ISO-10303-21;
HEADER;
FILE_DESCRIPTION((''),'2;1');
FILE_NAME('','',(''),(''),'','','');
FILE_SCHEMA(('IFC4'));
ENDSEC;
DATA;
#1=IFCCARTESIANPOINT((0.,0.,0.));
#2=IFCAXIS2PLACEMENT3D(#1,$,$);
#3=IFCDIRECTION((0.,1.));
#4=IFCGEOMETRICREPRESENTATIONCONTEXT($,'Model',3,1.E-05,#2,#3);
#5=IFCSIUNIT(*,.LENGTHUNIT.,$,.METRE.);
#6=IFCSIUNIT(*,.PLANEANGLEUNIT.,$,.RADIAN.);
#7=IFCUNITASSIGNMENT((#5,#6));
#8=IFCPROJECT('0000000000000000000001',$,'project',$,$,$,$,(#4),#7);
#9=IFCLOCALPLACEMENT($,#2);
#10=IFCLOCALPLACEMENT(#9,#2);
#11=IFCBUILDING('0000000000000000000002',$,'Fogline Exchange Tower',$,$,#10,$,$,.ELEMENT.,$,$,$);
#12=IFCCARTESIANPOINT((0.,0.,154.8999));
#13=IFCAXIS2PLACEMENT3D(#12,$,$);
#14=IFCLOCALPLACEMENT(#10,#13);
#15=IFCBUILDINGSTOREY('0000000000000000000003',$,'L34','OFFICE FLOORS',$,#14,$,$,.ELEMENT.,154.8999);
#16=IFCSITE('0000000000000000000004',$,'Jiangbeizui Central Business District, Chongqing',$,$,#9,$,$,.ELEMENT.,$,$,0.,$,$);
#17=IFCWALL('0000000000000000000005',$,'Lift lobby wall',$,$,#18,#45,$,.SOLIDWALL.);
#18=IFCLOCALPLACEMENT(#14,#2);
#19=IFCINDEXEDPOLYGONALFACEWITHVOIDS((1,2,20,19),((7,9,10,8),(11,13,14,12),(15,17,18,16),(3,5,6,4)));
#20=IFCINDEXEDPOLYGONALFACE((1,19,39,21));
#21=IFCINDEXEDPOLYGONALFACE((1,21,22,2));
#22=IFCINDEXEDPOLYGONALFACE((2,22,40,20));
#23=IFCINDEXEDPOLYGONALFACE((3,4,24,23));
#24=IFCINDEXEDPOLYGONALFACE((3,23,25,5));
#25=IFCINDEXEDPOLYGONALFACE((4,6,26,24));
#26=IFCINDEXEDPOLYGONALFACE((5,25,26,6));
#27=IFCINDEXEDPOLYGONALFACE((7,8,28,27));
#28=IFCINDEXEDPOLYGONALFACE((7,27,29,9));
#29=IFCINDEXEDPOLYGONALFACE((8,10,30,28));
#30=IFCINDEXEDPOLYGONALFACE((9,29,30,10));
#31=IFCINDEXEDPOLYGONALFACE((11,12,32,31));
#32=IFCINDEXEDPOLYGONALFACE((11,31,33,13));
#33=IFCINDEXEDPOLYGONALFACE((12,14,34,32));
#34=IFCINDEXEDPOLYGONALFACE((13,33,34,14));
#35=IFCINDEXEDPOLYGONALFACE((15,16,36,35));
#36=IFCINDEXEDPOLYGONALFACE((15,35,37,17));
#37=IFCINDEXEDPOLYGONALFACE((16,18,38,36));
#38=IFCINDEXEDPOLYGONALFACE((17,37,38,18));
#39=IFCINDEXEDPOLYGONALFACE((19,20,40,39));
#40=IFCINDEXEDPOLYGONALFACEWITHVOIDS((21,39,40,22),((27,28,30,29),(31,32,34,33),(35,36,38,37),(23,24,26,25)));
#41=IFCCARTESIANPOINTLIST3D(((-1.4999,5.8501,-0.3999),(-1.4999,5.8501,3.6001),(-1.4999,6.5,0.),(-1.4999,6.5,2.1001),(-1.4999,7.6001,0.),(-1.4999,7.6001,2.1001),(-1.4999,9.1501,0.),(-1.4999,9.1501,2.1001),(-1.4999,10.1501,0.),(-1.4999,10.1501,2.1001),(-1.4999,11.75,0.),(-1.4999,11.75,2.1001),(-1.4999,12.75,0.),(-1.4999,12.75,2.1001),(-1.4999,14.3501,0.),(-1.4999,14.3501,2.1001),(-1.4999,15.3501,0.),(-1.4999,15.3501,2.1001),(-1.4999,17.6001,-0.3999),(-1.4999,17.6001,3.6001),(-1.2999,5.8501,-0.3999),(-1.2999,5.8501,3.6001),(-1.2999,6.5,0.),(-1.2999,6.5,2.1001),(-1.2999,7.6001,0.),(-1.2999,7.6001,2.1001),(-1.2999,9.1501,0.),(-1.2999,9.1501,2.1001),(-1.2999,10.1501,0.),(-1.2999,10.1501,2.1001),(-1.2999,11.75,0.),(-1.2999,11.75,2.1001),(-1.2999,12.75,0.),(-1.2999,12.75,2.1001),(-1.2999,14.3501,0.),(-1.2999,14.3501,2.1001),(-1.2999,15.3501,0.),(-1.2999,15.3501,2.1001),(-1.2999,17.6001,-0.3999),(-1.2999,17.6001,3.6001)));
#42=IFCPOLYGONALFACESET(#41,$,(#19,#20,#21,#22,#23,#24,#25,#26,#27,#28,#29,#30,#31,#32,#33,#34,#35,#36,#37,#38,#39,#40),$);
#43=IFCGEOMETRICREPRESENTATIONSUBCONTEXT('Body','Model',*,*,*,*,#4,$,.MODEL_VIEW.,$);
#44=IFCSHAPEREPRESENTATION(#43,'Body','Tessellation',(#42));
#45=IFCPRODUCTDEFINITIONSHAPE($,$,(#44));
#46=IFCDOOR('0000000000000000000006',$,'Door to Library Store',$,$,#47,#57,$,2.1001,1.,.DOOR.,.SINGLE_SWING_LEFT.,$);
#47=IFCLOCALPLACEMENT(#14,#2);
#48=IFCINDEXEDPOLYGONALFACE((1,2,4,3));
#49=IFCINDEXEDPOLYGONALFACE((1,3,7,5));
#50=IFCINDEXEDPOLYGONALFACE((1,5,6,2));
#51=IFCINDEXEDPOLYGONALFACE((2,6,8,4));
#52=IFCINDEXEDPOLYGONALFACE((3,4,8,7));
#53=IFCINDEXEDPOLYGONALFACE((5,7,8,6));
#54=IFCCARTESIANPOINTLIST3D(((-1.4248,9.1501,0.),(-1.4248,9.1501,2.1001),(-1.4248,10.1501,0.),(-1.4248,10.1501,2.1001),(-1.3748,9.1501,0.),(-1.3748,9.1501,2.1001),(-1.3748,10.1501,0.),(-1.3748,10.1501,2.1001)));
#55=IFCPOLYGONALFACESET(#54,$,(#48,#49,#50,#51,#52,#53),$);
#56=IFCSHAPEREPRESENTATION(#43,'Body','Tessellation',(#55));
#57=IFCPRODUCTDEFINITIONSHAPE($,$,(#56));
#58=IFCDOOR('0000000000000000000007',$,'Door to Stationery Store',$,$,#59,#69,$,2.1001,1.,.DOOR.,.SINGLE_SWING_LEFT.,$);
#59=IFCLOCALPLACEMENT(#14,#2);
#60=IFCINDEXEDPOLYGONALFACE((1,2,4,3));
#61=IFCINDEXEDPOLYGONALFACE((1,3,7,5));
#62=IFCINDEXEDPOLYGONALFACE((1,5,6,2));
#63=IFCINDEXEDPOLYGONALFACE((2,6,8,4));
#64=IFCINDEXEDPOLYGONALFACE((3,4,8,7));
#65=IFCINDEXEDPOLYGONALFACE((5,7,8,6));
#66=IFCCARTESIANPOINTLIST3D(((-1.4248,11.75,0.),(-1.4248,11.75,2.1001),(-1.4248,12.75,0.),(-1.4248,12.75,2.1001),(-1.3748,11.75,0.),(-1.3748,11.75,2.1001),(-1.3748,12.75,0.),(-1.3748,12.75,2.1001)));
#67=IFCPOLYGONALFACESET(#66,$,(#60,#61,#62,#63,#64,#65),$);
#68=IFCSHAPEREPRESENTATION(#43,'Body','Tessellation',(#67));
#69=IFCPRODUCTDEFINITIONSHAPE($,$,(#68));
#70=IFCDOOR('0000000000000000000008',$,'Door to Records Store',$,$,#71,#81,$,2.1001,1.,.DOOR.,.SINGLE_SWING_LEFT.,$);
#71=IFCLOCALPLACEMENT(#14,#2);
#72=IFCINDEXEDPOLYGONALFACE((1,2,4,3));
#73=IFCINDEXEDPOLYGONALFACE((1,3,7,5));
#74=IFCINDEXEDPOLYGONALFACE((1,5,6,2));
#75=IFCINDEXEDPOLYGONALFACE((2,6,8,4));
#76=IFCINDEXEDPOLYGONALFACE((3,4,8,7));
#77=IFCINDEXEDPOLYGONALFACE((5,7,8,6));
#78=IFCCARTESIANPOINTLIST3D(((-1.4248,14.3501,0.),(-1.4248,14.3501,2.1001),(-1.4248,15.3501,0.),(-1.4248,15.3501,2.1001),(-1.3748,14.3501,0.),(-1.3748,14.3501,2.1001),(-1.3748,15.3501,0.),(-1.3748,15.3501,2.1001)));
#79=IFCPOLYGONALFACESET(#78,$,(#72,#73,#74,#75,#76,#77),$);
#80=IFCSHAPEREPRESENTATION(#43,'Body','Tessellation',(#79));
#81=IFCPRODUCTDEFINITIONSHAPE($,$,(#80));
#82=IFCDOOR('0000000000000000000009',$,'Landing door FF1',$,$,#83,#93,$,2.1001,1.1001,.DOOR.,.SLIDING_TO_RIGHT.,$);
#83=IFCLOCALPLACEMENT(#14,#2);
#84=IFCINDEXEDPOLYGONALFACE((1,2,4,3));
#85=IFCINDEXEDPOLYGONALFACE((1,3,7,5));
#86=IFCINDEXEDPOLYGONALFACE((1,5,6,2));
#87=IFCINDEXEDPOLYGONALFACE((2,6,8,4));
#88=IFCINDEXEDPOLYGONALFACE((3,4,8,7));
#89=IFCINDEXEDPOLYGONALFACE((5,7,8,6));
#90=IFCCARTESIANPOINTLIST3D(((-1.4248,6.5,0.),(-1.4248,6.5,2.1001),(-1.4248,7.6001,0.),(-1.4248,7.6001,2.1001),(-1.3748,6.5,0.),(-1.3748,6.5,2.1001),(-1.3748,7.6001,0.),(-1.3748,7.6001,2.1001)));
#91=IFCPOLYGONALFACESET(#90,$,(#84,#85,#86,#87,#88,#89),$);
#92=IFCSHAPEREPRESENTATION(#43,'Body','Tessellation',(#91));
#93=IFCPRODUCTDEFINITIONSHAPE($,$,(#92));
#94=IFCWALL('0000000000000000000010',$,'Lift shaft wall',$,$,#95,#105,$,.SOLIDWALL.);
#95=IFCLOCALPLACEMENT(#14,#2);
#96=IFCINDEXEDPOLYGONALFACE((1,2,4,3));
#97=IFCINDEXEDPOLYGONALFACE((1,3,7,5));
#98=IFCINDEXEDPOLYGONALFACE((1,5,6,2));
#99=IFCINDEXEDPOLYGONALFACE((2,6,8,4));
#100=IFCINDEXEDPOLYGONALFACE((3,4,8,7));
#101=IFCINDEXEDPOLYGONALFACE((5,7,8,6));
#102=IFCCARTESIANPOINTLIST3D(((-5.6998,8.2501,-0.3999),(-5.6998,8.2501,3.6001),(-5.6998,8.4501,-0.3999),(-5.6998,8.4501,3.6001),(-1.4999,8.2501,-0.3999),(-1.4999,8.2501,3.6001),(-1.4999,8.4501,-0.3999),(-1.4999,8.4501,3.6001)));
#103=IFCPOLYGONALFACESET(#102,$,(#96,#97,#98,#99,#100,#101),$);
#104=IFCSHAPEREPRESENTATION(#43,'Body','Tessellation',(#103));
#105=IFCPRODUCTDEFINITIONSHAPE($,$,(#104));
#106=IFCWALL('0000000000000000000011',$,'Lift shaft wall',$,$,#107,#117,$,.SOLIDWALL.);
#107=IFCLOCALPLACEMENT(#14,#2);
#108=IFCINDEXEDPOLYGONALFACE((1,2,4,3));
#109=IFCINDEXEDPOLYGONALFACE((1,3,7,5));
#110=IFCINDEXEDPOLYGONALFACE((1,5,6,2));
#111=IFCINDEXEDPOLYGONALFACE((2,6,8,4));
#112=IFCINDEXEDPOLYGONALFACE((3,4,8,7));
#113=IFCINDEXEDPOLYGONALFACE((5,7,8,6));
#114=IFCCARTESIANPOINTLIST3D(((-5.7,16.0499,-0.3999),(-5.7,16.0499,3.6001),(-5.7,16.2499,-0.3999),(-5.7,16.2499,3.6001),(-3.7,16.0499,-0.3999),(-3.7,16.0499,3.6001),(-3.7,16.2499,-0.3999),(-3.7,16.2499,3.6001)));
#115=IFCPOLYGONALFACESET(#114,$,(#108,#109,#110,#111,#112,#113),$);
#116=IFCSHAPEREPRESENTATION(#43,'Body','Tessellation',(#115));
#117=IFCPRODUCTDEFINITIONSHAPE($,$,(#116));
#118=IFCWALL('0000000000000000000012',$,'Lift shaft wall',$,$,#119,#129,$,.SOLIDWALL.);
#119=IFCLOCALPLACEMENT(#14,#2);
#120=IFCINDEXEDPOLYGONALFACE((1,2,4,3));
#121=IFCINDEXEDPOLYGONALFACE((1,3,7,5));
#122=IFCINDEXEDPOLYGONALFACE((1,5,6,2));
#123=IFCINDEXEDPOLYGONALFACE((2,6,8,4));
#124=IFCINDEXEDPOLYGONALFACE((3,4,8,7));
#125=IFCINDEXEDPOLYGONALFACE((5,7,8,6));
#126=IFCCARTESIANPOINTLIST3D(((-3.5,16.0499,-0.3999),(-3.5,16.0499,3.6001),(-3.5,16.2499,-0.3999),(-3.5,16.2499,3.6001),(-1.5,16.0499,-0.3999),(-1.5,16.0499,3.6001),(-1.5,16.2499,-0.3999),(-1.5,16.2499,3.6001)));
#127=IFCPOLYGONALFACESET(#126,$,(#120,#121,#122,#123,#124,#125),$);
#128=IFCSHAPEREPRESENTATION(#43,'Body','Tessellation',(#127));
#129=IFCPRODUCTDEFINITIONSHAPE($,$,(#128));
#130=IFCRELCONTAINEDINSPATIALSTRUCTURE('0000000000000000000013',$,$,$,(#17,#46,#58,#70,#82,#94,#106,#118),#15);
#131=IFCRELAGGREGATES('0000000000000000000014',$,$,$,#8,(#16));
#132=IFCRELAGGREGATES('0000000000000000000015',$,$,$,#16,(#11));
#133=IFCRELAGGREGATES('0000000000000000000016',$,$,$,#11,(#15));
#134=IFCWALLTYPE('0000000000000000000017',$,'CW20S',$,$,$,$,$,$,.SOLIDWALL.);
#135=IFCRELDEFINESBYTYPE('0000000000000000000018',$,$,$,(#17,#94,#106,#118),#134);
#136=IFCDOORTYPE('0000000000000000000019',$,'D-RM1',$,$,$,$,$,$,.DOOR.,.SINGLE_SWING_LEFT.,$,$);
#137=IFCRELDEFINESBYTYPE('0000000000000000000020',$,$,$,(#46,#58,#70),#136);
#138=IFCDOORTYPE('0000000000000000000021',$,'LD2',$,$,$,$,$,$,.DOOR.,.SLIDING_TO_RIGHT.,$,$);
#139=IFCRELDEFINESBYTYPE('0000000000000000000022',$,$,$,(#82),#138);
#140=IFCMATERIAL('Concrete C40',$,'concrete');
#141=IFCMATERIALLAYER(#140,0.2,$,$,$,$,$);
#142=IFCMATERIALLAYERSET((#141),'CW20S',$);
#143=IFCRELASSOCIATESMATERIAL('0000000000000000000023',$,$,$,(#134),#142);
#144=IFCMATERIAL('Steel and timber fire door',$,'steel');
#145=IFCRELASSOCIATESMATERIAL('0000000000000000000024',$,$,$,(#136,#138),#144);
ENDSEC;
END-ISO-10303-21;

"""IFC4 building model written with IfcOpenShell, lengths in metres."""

from ifc_helpers import new_model, si_unit, direction, frame, frame_2d, origin, place, context, subcontext, project, spatial, rectangle, extrude, material, layer, layer_set, type_object, element, fill, save


model = new_model("IFC4")

# Units and contexts
model_context = context("Model", 3, precision=1e-05, world=origin(), true_north=direction((0.0, 1.0)))
body_context = subcontext(model_context, "Body", "Model", "MODEL_VIEW")
ifc_project = project(units=[si_unit("LENGTHUNIT", "METRE"), si_unit("PLANEANGLEUNIT", "RADIAN")], contexts=[model_context])

# Site, building, storey
site_placement = place(None, origin())
site = spatial("IfcSite", under=ifc_project, at=site_placement, Name="Jiangbeizui Central Business District, Chongqing", CompositionType="ELEMENT", RefElevation=0.0)
building_placement = place(site_placement, origin())
building = spatial("IfcBuilding", under=site, at=building_placement, Name="Fogline Exchange Tower", CompositionType="ELEMENT")
storey_placement = place(building_placement, frame((0.0, 0.0, 154.8999)))
storey = spatial("IfcBuildingStorey", under=building, at=storey_placement, Name="L34", Description="OFFICE FLOORS", CompositionType="ELEMENT", Elevation=154.8999)

# Shared definitions
ifc_material_1 = material(Name="Steel and timber fire door", Category="steel")

# Shared definitions
ifc_material_2 = material(Name="Concrete C40", Category="concrete")

# Shared definitions
ifc_layer_1 = layer(ifc_material_2, 0.2)
ifc_layer_set_1 = layer_set([ifc_layer_1], Name="CW20S")
wall_type_1 = type_object("IfcWallType", Name="CW20S", PredefinedType="SOLIDWALL", material=ifc_layer_set_1)
door_type_1 = type_object("IfcDoorType", Name="D-RM1", OperationType="SINGLE_SWING_LEFT", PredefinedType="DOOR", material=ifc_material_1)

# Wall, openings, doors
wall_1_placement = place(storey_placement, frame((-1.3999, 5.8501, -0.3999), z_axis=(0.0, 0.0, 1.0), x_axis=(0.0, 1.0, 0.0)))
wall_1 = element("IfcWall", 1, at=wall_1_placement, inside=storey, type_object=wall_type_1, Name="Lift lobby wall", PredefinedType="SOLIDWALL", context=body_context, shape_type="SweptSolid", body=[
    extrude(rectangle(XDim=11.75, YDim=0.2, at=frame_2d((5.875, 0.0))), origin(), (0.0, 0.0, 1.0), 4.0),
])
opening_1_placement = place(wall_1_placement, frame((0.6499, 0.0, 0.3999)))
opening_1 = element("IfcOpeningElement", 2, at=opening_1_placement, cuts=wall_1, PredefinedType="OPENING", context=body_context, shape_type="SweptSolid", body=[
    extrude(rectangle(XDim=1.1001, YDim=2.1001, at=frame_2d((0.55, 1.05))), frame((0.0, 0.1099, 0.0), z_axis=(0.0, -1.0, 0.0), x_axis=(1.0, 0.0, 0.0)), (0.0, 0.0, 1.0), 0.22),
])
opening_2_placement = place(wall_1_placement, frame((3.3, 0.0, 0.3999)))
opening_2 = element("IfcOpeningElement", 3, at=opening_2_placement, cuts=wall_1, PredefinedType="OPENING", context=body_context, shape_type="SweptSolid", body=[
    extrude(rectangle(XDim=1.0, YDim=2.1001, at=frame_2d((0.5, 1.05))), frame((0.0, 0.1099, 0.0), z_axis=(0.0, -1.0, 0.0), x_axis=(1.0, 0.0, 0.0)), (0.0, 0.0, 1.0), 0.22),
])
opening_3_placement = place(wall_1_placement, frame((5.8999, 0.0, 0.3999)))
opening_3 = element("IfcOpeningElement", 4, at=opening_3_placement, cuts=wall_1, PredefinedType="OPENING", context=body_context, shape_type="SweptSolid", body=[
    extrude(rectangle(XDim=1.0, YDim=2.1001, at=frame_2d((0.5, 1.05))), frame((0.0, 0.1099, 0.0), z_axis=(0.0, -1.0, 0.0), x_axis=(1.0, 0.0, 0.0)), (0.0, 0.0, 1.0), 0.22),
])
opening_4_placement = place(wall_1_placement, frame((8.5, 0.0, 0.3999)))
opening_4 = element("IfcOpeningElement", 5, at=opening_4_placement, cuts=wall_1, PredefinedType="OPENING", context=body_context, shape_type="SweptSolid", body=[
    extrude(rectangle(XDim=1.0, YDim=2.1001, at=frame_2d((0.5, 1.05))), frame((0.0, 0.1099, 0.0), z_axis=(0.0, -1.0, 0.0), x_axis=(1.0, 0.0, 0.0)), (0.0, 0.0, 1.0), 0.22),
])
door_1_placement = place(opening_2_placement, origin())
door_1 = element("IfcDoor", 6, at=door_1_placement, inside=storey, type_object=door_type_1, Name="Door to Library Store", OperationType="SINGLE_SWING_LEFT", OverallHeight=2.1001, OverallWidth=1.0, PredefinedType="DOOR", context=body_context, shape_type="SweptSolid", body=[
    extrude(rectangle(XDim=1.0, YDim=2.1001, at=frame_2d((0.5, 1.05))), frame((0.0, 0.0249, 0.0), z_axis=(0.0, -1.0, 0.0), x_axis=(1.0, 0.0, 0.0)), (0.0, 0.0, 1.0), 0.05),
])
fill(opening_2, door_1)
door_2_placement = place(opening_3_placement, origin())
door_2 = element("IfcDoor", 7, at=door_2_placement, inside=storey, type_object=door_type_1, Name="Door to Stationery Store", OperationType="SINGLE_SWING_LEFT", OverallHeight=2.1001, OverallWidth=1.0, PredefinedType="DOOR", context=body_context, shape_type="SweptSolid", body=[
    extrude(rectangle(XDim=1.0, YDim=2.1001, at=frame_2d((0.5, 1.05))), frame((0.0, 0.0249, 0.0), z_axis=(0.0, -1.0, 0.0), x_axis=(1.0, 0.0, 0.0)), (0.0, 0.0, 1.0), 0.05),
])
fill(opening_3, door_2)
door_3_placement = place(opening_4_placement, origin())
door_3 = element("IfcDoor", 8, at=door_3_placement, inside=storey, type_object=door_type_1, Name="Door to Records Store", OperationType="SINGLE_SWING_LEFT", OverallHeight=2.1001, OverallWidth=1.0, PredefinedType="DOOR", context=body_context, shape_type="SweptSolid", body=[
    extrude(rectangle(XDim=1.0, YDim=2.1001, at=frame_2d((0.5, 1.05))), frame((0.0, 0.0249, 0.0), z_axis=(0.0, -1.0, 0.0), x_axis=(1.0, 0.0, 0.0)), (0.0, 0.0, 1.0), 0.05),
])
fill(opening_4, door_3)
door_type_2 = type_object("IfcDoorType", Name="LD2", OperationType="SLIDING_TO_RIGHT", PredefinedType="DOOR", material=ifc_material_1)
door_4_placement = place(opening_1_placement, origin())
door_4 = element("IfcDoor", 9, at=door_4_placement, inside=storey, type_object=door_type_2, Name="Landing door FF1", OperationType="SLIDING_TO_RIGHT", OverallHeight=2.1001, OverallWidth=1.1001, PredefinedType="DOOR", context=body_context, shape_type="SweptSolid", body=[
    extrude(rectangle(XDim=1.1001, YDim=2.1001, at=frame_2d((0.55, 1.05))), frame((0.0, 0.0249, 0.0), z_axis=(0.0, -1.0, 0.0), x_axis=(1.0, 0.0, 0.0)), (0.0, 0.0, 1.0), 0.05),
])
fill(opening_1, door_4)

# Walls
wall_2_placement = place(storey_placement, frame((-5.7, 8.3501, -0.3999), z_axis=(0.0, 0.0, 1.0), x_axis=(1.0, 0.0, 0.0)))
element("IfcWall", 10, at=wall_2_placement, inside=storey, type_object=wall_type_1, Name="Lift shaft wall", PredefinedType="SOLIDWALL", context=body_context, shape_type="SweptSolid", body=[
    extrude(rectangle(XDim=4.2, YDim=0.2, at=frame_2d((2.1001, 0.0))), origin(), (0.0, 0.0, 1.0), 4.0),
])
for number, where, z_axis, x_axis, name in (
    (11, (-5.7, 16.1499, -0.3999), (0.0, 0.0, 1.0), (1.0, 0.0, 0.0), "Lift shaft wall"),
    (12, (-3.5, 16.1499, -0.3999), (0.0, 0.0, 1.0), (1.0, 0.0, 0.0), "Lift shaft wall"),
):
    element("IfcWall", number, at=place(storey_placement, frame(where, z_axis=z_axis, x_axis=x_axis)), inside=storey, type_object=wall_type_1, Name=name, PredefinedType="SOLIDWALL", context=body_context, shape_type="SweptSolid", body=[
        extrude(rectangle(XDim=2.0, YDim=0.2, at=frame_2d((1.0, 0.0))), origin(), (0.0, 0.0, 1.0), 4.0),
    ])

save(model, "model.ifc")
